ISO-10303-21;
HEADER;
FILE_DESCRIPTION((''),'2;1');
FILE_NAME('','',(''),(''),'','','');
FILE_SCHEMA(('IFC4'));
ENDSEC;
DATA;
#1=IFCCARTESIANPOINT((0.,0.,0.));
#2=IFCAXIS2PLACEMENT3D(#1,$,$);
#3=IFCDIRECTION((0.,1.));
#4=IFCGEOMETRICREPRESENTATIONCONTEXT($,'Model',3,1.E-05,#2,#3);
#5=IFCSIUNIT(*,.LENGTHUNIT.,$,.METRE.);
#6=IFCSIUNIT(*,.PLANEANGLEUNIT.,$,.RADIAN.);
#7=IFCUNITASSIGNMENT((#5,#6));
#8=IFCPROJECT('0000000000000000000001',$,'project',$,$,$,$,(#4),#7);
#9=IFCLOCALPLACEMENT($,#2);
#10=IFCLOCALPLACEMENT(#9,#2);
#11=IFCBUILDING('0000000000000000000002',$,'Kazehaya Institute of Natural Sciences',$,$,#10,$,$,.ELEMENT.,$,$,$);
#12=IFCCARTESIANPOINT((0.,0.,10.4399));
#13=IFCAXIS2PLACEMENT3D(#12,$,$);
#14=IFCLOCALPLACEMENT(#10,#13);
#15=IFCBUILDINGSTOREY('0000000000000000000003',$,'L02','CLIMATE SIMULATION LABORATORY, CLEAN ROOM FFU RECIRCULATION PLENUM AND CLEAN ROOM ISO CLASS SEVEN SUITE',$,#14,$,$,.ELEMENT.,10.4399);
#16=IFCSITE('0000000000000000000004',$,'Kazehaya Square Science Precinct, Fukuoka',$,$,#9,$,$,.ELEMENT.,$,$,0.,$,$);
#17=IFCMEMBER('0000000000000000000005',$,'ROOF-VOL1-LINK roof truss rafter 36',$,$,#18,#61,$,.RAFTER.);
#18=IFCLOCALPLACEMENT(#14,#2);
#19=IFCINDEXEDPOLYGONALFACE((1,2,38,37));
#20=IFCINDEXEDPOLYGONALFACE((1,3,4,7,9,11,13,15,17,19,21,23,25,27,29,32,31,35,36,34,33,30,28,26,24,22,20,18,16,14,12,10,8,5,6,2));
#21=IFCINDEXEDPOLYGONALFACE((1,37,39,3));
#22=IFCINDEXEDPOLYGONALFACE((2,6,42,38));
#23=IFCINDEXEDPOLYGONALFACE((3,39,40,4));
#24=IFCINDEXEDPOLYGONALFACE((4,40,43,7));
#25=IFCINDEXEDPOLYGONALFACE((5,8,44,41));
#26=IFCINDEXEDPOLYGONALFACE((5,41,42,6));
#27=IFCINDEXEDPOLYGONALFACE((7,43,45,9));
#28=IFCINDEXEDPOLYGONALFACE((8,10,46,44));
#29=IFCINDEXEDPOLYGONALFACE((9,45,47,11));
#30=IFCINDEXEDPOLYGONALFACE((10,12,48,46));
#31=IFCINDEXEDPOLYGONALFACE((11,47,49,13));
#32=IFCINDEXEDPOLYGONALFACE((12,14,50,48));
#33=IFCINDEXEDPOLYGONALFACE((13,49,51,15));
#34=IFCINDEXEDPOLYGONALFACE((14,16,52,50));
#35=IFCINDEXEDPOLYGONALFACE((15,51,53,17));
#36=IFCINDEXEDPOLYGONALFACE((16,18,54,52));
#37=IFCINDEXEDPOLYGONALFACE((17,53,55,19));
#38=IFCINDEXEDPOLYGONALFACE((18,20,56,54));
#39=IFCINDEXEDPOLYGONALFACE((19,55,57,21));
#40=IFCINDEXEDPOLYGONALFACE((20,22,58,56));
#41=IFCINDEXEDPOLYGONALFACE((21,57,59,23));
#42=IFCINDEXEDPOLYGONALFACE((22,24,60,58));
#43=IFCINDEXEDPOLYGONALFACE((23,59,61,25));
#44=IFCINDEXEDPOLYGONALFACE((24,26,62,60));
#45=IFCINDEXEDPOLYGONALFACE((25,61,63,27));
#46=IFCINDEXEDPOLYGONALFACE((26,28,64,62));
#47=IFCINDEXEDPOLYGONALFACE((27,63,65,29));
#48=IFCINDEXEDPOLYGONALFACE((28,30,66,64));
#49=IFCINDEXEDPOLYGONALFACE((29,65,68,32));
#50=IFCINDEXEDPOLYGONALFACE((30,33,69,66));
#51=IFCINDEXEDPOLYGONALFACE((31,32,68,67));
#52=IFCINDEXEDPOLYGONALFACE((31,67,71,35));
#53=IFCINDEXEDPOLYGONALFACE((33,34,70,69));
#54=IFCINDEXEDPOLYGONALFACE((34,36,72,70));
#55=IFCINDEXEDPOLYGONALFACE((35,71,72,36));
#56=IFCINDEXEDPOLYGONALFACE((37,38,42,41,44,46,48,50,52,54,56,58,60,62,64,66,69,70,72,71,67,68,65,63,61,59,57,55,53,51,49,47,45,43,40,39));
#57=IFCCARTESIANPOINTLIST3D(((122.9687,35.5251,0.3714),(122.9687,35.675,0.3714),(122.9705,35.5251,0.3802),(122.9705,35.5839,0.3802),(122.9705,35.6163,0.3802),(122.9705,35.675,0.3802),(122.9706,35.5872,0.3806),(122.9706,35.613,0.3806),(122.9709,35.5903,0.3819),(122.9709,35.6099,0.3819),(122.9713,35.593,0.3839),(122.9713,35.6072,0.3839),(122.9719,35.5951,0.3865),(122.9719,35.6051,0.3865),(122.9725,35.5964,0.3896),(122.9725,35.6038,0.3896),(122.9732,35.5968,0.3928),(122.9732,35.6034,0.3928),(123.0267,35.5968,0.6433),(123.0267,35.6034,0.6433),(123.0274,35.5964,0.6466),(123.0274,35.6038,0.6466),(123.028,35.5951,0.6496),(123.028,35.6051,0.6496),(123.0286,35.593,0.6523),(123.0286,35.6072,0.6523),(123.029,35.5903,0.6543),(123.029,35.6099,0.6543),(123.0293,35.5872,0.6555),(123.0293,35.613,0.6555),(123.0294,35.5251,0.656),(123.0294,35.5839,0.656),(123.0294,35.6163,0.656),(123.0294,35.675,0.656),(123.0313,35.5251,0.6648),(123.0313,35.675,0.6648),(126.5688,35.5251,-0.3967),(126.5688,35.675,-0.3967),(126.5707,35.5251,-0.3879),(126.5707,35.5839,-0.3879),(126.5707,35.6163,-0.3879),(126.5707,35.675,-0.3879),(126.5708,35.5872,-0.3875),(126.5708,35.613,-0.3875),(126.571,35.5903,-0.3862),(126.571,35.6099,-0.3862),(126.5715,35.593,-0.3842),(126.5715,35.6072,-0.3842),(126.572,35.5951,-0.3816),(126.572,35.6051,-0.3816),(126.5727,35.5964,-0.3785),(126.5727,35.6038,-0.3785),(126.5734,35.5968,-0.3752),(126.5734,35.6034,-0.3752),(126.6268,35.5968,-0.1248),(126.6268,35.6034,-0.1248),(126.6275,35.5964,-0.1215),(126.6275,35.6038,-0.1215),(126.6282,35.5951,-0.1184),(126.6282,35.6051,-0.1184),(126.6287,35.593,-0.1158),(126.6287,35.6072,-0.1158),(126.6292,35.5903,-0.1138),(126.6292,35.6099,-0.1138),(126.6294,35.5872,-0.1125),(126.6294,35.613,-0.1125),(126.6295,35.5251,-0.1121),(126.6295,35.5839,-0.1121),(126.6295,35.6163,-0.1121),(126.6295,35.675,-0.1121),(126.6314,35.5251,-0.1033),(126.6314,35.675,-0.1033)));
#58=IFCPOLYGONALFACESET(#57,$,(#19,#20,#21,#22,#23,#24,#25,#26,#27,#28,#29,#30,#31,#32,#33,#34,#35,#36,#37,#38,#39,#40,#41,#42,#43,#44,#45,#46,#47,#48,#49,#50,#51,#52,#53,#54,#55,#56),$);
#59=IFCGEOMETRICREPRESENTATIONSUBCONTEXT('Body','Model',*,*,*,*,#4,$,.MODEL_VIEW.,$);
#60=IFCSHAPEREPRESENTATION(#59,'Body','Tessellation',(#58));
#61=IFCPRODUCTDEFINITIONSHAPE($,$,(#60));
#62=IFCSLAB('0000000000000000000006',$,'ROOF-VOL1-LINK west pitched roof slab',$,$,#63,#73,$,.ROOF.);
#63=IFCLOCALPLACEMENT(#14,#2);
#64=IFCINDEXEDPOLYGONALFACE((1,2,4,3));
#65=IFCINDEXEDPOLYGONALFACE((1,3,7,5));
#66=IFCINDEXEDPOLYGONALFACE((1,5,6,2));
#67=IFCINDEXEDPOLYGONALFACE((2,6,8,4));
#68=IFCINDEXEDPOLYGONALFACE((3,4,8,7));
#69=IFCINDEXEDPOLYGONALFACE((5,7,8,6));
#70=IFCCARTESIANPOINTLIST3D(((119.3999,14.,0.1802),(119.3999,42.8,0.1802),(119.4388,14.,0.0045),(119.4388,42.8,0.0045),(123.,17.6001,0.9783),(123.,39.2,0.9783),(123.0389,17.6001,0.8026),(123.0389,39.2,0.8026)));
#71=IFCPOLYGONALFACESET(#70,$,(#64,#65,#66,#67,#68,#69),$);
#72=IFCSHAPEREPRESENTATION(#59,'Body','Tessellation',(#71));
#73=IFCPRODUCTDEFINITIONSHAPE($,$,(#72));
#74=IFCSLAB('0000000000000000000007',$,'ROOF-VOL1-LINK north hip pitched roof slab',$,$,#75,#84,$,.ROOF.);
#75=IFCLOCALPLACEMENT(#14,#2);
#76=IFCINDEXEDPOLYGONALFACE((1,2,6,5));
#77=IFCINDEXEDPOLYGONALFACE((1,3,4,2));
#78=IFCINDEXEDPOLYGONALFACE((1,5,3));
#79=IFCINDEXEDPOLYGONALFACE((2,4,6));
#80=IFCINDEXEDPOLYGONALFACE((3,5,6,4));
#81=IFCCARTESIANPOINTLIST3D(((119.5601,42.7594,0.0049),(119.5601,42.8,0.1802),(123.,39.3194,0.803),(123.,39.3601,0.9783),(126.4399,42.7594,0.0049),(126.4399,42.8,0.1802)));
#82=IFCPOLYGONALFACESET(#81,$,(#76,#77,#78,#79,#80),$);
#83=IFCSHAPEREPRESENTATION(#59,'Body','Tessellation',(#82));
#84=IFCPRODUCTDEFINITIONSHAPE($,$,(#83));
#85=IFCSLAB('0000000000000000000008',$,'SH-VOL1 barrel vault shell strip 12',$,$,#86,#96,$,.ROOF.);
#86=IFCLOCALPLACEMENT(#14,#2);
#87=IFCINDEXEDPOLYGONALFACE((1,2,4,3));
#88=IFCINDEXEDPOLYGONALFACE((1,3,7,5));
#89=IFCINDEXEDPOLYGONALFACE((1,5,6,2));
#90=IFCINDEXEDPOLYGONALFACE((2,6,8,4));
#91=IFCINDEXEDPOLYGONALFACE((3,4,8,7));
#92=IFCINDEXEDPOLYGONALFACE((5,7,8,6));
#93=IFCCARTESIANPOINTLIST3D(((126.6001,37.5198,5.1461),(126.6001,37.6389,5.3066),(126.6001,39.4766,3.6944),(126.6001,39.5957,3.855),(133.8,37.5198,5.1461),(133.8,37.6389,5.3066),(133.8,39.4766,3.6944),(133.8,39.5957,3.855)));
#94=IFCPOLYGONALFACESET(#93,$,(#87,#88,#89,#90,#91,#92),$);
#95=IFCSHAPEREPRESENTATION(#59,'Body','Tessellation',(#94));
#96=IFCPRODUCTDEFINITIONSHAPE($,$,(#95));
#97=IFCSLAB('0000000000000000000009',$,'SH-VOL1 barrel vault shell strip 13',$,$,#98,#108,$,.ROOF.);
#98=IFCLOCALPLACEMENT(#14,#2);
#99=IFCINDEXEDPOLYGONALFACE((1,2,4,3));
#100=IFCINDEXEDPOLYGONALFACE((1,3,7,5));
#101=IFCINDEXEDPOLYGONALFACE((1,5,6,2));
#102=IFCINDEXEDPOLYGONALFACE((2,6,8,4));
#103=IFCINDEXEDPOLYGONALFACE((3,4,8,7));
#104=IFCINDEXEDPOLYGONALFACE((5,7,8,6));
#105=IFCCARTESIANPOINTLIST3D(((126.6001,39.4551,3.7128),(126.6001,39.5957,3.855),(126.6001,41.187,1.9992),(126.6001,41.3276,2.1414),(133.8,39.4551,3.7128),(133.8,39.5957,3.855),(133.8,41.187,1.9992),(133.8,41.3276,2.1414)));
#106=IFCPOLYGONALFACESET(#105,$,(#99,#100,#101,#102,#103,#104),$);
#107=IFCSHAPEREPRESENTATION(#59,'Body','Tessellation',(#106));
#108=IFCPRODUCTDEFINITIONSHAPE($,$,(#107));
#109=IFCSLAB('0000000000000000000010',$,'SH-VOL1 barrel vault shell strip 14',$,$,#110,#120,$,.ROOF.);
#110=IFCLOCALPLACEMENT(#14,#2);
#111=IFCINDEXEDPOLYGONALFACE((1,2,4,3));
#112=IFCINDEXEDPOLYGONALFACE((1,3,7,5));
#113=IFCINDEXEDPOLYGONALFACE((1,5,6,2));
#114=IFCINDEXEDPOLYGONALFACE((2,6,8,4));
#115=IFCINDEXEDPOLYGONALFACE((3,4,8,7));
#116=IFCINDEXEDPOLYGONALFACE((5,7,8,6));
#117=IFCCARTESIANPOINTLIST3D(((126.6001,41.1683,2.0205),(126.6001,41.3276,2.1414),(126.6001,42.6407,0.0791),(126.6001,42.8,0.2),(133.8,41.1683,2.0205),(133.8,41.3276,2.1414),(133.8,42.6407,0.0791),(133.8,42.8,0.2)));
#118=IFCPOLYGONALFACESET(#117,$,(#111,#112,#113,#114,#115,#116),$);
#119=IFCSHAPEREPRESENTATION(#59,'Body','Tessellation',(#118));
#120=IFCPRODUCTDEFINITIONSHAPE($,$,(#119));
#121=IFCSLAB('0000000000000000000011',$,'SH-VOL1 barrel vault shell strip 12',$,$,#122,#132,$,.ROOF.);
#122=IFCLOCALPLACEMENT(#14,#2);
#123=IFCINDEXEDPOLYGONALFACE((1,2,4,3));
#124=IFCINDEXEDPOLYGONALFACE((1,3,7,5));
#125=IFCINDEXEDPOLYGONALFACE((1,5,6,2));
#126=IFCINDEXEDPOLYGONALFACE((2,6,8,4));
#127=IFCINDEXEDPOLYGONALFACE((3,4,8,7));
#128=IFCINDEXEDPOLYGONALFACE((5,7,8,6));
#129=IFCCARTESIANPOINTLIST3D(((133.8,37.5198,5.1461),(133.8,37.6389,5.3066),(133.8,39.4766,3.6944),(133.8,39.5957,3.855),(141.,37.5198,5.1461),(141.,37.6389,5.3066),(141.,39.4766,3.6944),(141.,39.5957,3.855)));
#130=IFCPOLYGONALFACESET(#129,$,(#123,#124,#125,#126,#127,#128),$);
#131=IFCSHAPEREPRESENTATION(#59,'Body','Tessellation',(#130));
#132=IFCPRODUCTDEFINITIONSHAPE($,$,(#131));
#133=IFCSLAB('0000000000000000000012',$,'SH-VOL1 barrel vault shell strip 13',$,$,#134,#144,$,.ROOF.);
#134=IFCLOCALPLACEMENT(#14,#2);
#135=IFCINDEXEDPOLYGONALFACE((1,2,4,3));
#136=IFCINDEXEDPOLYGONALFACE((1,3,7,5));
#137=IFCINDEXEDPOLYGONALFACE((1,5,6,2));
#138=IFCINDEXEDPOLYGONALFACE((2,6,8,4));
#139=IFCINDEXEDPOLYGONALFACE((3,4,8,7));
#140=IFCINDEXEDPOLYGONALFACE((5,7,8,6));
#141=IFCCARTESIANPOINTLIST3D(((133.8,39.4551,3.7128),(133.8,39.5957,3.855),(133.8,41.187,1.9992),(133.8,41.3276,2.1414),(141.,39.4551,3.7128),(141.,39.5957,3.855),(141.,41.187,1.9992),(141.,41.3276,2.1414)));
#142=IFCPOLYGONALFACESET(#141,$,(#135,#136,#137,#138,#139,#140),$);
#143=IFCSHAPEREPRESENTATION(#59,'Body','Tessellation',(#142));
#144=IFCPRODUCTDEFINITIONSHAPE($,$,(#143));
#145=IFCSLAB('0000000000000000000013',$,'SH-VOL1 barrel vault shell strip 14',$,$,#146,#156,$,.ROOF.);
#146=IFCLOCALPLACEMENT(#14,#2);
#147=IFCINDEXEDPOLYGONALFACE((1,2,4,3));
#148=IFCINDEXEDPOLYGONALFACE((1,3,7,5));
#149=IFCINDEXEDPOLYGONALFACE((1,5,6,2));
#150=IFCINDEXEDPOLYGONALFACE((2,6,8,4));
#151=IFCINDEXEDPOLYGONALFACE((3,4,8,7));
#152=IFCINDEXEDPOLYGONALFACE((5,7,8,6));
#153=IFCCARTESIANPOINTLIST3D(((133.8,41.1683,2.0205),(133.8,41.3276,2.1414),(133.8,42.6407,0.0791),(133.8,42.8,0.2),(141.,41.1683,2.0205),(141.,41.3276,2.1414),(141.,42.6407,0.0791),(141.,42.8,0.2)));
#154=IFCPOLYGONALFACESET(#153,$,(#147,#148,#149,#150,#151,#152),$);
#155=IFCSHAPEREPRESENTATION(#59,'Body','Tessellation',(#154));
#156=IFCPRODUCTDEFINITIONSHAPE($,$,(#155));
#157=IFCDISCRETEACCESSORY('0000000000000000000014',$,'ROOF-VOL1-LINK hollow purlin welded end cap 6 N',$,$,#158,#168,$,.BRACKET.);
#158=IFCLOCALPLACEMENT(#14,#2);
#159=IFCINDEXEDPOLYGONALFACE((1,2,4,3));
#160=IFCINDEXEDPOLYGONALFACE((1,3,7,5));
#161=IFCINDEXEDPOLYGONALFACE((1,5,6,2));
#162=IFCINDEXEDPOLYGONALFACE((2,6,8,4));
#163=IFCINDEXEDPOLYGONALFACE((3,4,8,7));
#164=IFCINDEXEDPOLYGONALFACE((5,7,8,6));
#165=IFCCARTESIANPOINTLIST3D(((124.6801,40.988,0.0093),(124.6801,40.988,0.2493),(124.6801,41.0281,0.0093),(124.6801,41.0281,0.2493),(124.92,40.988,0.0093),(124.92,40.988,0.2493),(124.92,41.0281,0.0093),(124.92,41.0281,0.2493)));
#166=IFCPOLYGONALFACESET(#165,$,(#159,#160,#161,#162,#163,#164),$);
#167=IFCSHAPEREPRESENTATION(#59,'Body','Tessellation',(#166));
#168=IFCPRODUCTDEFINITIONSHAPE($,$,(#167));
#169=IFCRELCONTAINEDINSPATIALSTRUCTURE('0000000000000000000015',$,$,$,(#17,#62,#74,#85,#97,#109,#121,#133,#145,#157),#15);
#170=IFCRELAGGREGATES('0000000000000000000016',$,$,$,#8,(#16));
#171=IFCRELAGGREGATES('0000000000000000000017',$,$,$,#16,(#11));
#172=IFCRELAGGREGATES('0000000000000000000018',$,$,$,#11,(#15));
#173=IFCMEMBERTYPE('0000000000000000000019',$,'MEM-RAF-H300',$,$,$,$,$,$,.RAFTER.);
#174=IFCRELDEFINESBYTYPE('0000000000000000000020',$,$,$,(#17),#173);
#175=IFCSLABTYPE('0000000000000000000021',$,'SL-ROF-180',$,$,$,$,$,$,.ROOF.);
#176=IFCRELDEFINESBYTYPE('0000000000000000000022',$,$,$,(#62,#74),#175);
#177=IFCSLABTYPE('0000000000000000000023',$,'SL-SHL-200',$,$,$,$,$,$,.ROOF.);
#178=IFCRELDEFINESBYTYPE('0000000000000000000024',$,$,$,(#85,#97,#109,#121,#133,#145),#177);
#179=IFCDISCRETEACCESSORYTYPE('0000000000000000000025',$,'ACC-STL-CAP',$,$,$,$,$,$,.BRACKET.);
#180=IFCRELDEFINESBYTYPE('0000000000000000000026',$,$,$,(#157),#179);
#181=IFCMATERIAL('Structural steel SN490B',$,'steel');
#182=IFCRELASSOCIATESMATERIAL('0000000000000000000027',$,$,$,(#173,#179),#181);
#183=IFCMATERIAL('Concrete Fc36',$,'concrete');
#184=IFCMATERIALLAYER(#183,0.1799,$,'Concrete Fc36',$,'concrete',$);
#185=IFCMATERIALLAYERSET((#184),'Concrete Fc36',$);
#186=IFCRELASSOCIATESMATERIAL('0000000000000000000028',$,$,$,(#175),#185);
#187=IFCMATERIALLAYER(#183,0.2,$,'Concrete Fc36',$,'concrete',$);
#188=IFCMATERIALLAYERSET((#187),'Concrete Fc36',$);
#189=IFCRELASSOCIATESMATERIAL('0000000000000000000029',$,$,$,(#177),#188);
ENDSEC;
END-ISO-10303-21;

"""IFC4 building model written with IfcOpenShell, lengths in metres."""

from ifc_helpers import new_model, si_unit, direction, frame, origin, origin_2d, place, context, subcontext, project, spatial, polyline, rectangle, i_section, outline, extrude, material, layer, layer_set, material_profile, profile_set, type_object, element, save


model = new_model("IFC4")

# Units and contexts
model_context = context("Model", 3, precision=1e-05, world=origin(), true_north=direction((0.0, 1.0)))
body_context = subcontext(model_context, "Body", "Model", "MODEL_VIEW")
ifc_project = project(units=[si_unit("LENGTHUNIT", "METRE"), si_unit("PLANEANGLEUNIT", "RADIAN")], contexts=[model_context])

# Site, building, storey
site_placement = place(None, origin())
site = spatial("IfcSite", under=ifc_project, at=site_placement, Name="Kazehaya Square Science Precinct, Fukuoka", CompositionType="ELEMENT", RefElevation=0.0)
building_placement = place(site_placement, origin())
building = spatial("IfcBuilding", under=site, at=building_placement, Name="Kazehaya Institute of Natural Sciences", CompositionType="ELEMENT")
storey_placement = place(building_placement, frame((0.0, 0.0, 10.4399)))
storey = spatial("IfcBuildingStorey", under=building, at=storey_placement, Name="L02", Description="CLIMATE SIMULATION LABORATORY, CLEAN ROOM FFU RECIRCULATION PLENUM AND CLEAN ROOM ISO CLASS SEVEN SUITE", CompositionType="ELEMENT", Elevation=10.4399)

# Shared definitions
ifc_material_1 = material(Name="Concrete Fc36", Category="concrete")

# Member
ifc_material_2 = material(Name="Structural steel SN490B", Category="steel")
ifc_material_profile_1 = material_profile(ifc_material_2, i_section(OverallWidth=0.1499, OverallDepth=0.3, WebThickness=0.0066, FlangeThickness=0.009, FilletRadius=0.0129, at=origin_2d()), Name="H-300x150x6.5x9")
ifc_profile_set_1 = profile_set([ifc_material_profile_1], Name="Structural steel SN490B")
member_type = type_object("IfcMemberType", Name="MEM-RAF-H300", PredefinedType="RAFTER", material=ifc_profile_set_1)
for number, where, z_axis, x_axis, name in (
    (1, (126.6001, 35.6001, -0.25), (-0.97799, 0.0, 0.20865), (0.0, -1.0, 0.0), "ROOF-VOL1-LINK roof truss rafter 36"),
):
    element("IfcMember", number, at=place(storey_placement, frame(where, z_axis=z_axis, x_axis=x_axis)), inside=storey, type_object=member_type, Name=name, PredefinedType="RAFTER", context=body_context, shape_type="SweptSolid", body=[
        extrude(i_section(OverallWidth=0.1499, OverallDepth=0.3, WebThickness=0.0066, FlangeThickness=0.009, FilletRadius=0.0129, at=origin_2d()), origin(), (0.0, 0.0, 1.0), 3.6812),
    ])

# Slabs
ifc_layer_1 = layer(ifc_material_1, 0.1799, Name="Concrete Fc36", Category="concrete")
ifc_layer_set_1 = layer_set([ifc_layer_1], Name="Concrete Fc36")
slab_type_1 = type_object("IfcSlabType", Name="SL-ROF-180", PredefinedType="ROOF", material=ifc_layer_set_1)
slab_1_placement = place(storey_placement, frame((119.3999, 42.8, 0.1802), z_axis=(-0.216433, 0.0, 0.976298), x_axis=(0.0, -1.0, 0.0)))
element("IfcSlab", 2, at=slab_1_placement, inside=storey, type_object=slab_type_1, Name="ROOF-VOL1-LINK west pitched roof slab", PredefinedType="ROOF", context=body_context, shape_type="SweptSolid", body=[
    extrude(outline(polyline([(0.0, 0.0), (28.8, 0.0), (25.2, 3.6875), (3.6001, 3.6875), (0.0, 0.0)])), origin(), (0.0, 0.0, -1.0), 0.1799),
])
slab_2_placement = place(storey_placement, frame((126.4399, 42.8, 0.1802), z_axis=(0.0, 0.226006, 0.974126), x_axis=(-1.0, 0.0, 0.0)))
element("IfcSlab", 3, at=slab_2_placement, inside=storey, type_object=slab_type_1, Name="ROOF-VOL1-LINK north hip pitched roof slab", PredefinedType="ROOF", context=body_context, shape_type="SweptSolid", body=[
    extrude(outline(polyline([(0.0, 0.0), (6.8799, 0.0), (3.4399, 3.5313), (0.0, 0.0)])), origin(), (0.0, 0.0, -1.0), 0.1799),
])
ifc_layer_2 = layer(ifc_material_1, 0.2, Name="Concrete Fc36", Category="concrete")
ifc_layer_set_2 = layer_set([ifc_layer_2], Name="Concrete Fc36")
slab_type_2 = type_object("IfcSlabType", Name="SL-SHL-200", PredefinedType="ROOF", material=ifc_layer_set_2)
slab_3_placement = place(storey_placement, frame((126.6001, 37.6389, 5.3066), z_axis=(0.0, 0.595807, 0.803127), x_axis=(1.0, 0.0, 0.0)))
element("IfcSlab", 4, at=slab_3_placement, inside=storey, type_object=slab_type_2, Name="SH-VOL1 barrel vault shell strip 12", PredefinedType="ROOF", context=body_context, shape_type="SweptSolid", body=[
    extrude(outline(polyline([(0.0, 0.0), (7.2, 0.0), (7.2, 2.4365), (0.0, 2.4365), (0.0, 0.0)])), origin(), (0.0, 0.0, -1.0), 0.2),
])
slab_4_placement = place(storey_placement, frame((126.6001, 39.5957, 3.855), z_axis=(0.0, 0.703339, 0.710854), x_axis=(1.0, 0.0, 0.0)))
element("IfcSlab", 5, at=slab_4_placement, inside=storey, type_object=slab_type_2, Name="SH-VOL1 barrel vault shell strip 13", PredefinedType="ROOF", context=body_context, shape_type="SweptSolid", body=[
    extrude(outline(polyline([(0.0, 0.0), (7.2, 0.0), (7.2, 2.4364), (0.0, 2.4364), (0.0, 0.0)])), origin(), (0.0, 0.0, -1.0), 0.2),
])
slab_5_placement = place(storey_placement, frame((126.6001, 41.3276, 2.1414), z_axis=(0.0, 0.796766, 0.604288), x_axis=(1.0, 0.0, 0.0)))
element("IfcSlab", 6, at=slab_5_placement, inside=storey, type_object=slab_type_2, Name="SH-VOL1 barrel vault shell strip 14", PredefinedType="ROOF", context=body_context, shape_type="SweptSolid", body=[
    extrude(outline(polyline([(0.0, 0.0), (7.2, 0.0), (7.2, 2.4366), (0.0, 2.4366), (0.0, 0.0)])), origin(), (0.0, 0.0, -1.0), 0.2),
])
slab_6_placement = place(storey_placement, frame((133.8, 37.6389, 5.3066), z_axis=(0.0, 0.595807, 0.803127), x_axis=(1.0, 0.0, 0.0)))
element("IfcSlab", 7, at=slab_6_placement, inside=storey, type_object=slab_type_2, Name="SH-VOL1 barrel vault shell strip 12", PredefinedType="ROOF", context=body_context, shape_type="SweptSolid", body=[
    extrude(outline(polyline([(0.0, 0.0), (7.2, 0.0), (7.2, 2.4365), (0.0, 2.4365), (0.0, 0.0)])), origin(), (0.0, 0.0, -1.0), 0.2),
])
slab_7_placement = place(storey_placement, frame((133.8, 39.5957, 3.855), z_axis=(0.0, 0.703339, 0.710854), x_axis=(1.0, 0.0, 0.0)))
element("IfcSlab", 8, at=slab_7_placement, inside=storey, type_object=slab_type_2, Name="SH-VOL1 barrel vault shell strip 13", PredefinedType="ROOF", context=body_context, shape_type="SweptSolid", body=[
    extrude(outline(polyline([(0.0, 0.0), (7.2, 0.0), (7.2, 2.4364), (0.0, 2.4364), (0.0, 0.0)])), origin(), (0.0, 0.0, -1.0), 0.2),
])
slab_8_placement = place(storey_placement, frame((133.8, 41.3276, 2.1414), z_axis=(0.0, 0.796766, 0.604288), x_axis=(1.0, 0.0, 0.0)))
element("IfcSlab", 9, at=slab_8_placement, inside=storey, type_object=slab_type_2, Name="SH-VOL1 barrel vault shell strip 14", PredefinedType="ROOF", context=body_context, shape_type="SweptSolid", body=[
    extrude(outline(polyline([(0.0, 0.0), (7.2, 0.0), (7.2, 2.4366), (0.0, 2.4366), (0.0, 0.0)])), origin(), (0.0, 0.0, -1.0), 0.2),
])

# Discrete accessory
discrete_accessory_type = type_object("IfcDiscreteAccessoryType", Name="ACC-STL-CAP", PredefinedType="BRACKET", material=ifc_material_2)
discrete_accessory_placement = place(storey_placement, frame((124.8, 41.0081, 0.0093), z_axis=(0.0, 0.0, 1.0), x_axis=(1.0, 0.0, 0.0)))
element("IfcDiscreteAccessory", 10, at=discrete_accessory_placement, inside=storey, type_object=discrete_accessory_type, Name="ROOF-VOL1-LINK hollow purlin welded end cap 6 N", PredefinedType="BRACKET", context=body_context, shape_type="SweptSolid", body=[
    extrude(rectangle(XDim=0.24, YDim=0.04, at=origin_2d()), origin(), (0.0, 0.0, 1.0), 0.24),
])

save(model, "model.ifc")
